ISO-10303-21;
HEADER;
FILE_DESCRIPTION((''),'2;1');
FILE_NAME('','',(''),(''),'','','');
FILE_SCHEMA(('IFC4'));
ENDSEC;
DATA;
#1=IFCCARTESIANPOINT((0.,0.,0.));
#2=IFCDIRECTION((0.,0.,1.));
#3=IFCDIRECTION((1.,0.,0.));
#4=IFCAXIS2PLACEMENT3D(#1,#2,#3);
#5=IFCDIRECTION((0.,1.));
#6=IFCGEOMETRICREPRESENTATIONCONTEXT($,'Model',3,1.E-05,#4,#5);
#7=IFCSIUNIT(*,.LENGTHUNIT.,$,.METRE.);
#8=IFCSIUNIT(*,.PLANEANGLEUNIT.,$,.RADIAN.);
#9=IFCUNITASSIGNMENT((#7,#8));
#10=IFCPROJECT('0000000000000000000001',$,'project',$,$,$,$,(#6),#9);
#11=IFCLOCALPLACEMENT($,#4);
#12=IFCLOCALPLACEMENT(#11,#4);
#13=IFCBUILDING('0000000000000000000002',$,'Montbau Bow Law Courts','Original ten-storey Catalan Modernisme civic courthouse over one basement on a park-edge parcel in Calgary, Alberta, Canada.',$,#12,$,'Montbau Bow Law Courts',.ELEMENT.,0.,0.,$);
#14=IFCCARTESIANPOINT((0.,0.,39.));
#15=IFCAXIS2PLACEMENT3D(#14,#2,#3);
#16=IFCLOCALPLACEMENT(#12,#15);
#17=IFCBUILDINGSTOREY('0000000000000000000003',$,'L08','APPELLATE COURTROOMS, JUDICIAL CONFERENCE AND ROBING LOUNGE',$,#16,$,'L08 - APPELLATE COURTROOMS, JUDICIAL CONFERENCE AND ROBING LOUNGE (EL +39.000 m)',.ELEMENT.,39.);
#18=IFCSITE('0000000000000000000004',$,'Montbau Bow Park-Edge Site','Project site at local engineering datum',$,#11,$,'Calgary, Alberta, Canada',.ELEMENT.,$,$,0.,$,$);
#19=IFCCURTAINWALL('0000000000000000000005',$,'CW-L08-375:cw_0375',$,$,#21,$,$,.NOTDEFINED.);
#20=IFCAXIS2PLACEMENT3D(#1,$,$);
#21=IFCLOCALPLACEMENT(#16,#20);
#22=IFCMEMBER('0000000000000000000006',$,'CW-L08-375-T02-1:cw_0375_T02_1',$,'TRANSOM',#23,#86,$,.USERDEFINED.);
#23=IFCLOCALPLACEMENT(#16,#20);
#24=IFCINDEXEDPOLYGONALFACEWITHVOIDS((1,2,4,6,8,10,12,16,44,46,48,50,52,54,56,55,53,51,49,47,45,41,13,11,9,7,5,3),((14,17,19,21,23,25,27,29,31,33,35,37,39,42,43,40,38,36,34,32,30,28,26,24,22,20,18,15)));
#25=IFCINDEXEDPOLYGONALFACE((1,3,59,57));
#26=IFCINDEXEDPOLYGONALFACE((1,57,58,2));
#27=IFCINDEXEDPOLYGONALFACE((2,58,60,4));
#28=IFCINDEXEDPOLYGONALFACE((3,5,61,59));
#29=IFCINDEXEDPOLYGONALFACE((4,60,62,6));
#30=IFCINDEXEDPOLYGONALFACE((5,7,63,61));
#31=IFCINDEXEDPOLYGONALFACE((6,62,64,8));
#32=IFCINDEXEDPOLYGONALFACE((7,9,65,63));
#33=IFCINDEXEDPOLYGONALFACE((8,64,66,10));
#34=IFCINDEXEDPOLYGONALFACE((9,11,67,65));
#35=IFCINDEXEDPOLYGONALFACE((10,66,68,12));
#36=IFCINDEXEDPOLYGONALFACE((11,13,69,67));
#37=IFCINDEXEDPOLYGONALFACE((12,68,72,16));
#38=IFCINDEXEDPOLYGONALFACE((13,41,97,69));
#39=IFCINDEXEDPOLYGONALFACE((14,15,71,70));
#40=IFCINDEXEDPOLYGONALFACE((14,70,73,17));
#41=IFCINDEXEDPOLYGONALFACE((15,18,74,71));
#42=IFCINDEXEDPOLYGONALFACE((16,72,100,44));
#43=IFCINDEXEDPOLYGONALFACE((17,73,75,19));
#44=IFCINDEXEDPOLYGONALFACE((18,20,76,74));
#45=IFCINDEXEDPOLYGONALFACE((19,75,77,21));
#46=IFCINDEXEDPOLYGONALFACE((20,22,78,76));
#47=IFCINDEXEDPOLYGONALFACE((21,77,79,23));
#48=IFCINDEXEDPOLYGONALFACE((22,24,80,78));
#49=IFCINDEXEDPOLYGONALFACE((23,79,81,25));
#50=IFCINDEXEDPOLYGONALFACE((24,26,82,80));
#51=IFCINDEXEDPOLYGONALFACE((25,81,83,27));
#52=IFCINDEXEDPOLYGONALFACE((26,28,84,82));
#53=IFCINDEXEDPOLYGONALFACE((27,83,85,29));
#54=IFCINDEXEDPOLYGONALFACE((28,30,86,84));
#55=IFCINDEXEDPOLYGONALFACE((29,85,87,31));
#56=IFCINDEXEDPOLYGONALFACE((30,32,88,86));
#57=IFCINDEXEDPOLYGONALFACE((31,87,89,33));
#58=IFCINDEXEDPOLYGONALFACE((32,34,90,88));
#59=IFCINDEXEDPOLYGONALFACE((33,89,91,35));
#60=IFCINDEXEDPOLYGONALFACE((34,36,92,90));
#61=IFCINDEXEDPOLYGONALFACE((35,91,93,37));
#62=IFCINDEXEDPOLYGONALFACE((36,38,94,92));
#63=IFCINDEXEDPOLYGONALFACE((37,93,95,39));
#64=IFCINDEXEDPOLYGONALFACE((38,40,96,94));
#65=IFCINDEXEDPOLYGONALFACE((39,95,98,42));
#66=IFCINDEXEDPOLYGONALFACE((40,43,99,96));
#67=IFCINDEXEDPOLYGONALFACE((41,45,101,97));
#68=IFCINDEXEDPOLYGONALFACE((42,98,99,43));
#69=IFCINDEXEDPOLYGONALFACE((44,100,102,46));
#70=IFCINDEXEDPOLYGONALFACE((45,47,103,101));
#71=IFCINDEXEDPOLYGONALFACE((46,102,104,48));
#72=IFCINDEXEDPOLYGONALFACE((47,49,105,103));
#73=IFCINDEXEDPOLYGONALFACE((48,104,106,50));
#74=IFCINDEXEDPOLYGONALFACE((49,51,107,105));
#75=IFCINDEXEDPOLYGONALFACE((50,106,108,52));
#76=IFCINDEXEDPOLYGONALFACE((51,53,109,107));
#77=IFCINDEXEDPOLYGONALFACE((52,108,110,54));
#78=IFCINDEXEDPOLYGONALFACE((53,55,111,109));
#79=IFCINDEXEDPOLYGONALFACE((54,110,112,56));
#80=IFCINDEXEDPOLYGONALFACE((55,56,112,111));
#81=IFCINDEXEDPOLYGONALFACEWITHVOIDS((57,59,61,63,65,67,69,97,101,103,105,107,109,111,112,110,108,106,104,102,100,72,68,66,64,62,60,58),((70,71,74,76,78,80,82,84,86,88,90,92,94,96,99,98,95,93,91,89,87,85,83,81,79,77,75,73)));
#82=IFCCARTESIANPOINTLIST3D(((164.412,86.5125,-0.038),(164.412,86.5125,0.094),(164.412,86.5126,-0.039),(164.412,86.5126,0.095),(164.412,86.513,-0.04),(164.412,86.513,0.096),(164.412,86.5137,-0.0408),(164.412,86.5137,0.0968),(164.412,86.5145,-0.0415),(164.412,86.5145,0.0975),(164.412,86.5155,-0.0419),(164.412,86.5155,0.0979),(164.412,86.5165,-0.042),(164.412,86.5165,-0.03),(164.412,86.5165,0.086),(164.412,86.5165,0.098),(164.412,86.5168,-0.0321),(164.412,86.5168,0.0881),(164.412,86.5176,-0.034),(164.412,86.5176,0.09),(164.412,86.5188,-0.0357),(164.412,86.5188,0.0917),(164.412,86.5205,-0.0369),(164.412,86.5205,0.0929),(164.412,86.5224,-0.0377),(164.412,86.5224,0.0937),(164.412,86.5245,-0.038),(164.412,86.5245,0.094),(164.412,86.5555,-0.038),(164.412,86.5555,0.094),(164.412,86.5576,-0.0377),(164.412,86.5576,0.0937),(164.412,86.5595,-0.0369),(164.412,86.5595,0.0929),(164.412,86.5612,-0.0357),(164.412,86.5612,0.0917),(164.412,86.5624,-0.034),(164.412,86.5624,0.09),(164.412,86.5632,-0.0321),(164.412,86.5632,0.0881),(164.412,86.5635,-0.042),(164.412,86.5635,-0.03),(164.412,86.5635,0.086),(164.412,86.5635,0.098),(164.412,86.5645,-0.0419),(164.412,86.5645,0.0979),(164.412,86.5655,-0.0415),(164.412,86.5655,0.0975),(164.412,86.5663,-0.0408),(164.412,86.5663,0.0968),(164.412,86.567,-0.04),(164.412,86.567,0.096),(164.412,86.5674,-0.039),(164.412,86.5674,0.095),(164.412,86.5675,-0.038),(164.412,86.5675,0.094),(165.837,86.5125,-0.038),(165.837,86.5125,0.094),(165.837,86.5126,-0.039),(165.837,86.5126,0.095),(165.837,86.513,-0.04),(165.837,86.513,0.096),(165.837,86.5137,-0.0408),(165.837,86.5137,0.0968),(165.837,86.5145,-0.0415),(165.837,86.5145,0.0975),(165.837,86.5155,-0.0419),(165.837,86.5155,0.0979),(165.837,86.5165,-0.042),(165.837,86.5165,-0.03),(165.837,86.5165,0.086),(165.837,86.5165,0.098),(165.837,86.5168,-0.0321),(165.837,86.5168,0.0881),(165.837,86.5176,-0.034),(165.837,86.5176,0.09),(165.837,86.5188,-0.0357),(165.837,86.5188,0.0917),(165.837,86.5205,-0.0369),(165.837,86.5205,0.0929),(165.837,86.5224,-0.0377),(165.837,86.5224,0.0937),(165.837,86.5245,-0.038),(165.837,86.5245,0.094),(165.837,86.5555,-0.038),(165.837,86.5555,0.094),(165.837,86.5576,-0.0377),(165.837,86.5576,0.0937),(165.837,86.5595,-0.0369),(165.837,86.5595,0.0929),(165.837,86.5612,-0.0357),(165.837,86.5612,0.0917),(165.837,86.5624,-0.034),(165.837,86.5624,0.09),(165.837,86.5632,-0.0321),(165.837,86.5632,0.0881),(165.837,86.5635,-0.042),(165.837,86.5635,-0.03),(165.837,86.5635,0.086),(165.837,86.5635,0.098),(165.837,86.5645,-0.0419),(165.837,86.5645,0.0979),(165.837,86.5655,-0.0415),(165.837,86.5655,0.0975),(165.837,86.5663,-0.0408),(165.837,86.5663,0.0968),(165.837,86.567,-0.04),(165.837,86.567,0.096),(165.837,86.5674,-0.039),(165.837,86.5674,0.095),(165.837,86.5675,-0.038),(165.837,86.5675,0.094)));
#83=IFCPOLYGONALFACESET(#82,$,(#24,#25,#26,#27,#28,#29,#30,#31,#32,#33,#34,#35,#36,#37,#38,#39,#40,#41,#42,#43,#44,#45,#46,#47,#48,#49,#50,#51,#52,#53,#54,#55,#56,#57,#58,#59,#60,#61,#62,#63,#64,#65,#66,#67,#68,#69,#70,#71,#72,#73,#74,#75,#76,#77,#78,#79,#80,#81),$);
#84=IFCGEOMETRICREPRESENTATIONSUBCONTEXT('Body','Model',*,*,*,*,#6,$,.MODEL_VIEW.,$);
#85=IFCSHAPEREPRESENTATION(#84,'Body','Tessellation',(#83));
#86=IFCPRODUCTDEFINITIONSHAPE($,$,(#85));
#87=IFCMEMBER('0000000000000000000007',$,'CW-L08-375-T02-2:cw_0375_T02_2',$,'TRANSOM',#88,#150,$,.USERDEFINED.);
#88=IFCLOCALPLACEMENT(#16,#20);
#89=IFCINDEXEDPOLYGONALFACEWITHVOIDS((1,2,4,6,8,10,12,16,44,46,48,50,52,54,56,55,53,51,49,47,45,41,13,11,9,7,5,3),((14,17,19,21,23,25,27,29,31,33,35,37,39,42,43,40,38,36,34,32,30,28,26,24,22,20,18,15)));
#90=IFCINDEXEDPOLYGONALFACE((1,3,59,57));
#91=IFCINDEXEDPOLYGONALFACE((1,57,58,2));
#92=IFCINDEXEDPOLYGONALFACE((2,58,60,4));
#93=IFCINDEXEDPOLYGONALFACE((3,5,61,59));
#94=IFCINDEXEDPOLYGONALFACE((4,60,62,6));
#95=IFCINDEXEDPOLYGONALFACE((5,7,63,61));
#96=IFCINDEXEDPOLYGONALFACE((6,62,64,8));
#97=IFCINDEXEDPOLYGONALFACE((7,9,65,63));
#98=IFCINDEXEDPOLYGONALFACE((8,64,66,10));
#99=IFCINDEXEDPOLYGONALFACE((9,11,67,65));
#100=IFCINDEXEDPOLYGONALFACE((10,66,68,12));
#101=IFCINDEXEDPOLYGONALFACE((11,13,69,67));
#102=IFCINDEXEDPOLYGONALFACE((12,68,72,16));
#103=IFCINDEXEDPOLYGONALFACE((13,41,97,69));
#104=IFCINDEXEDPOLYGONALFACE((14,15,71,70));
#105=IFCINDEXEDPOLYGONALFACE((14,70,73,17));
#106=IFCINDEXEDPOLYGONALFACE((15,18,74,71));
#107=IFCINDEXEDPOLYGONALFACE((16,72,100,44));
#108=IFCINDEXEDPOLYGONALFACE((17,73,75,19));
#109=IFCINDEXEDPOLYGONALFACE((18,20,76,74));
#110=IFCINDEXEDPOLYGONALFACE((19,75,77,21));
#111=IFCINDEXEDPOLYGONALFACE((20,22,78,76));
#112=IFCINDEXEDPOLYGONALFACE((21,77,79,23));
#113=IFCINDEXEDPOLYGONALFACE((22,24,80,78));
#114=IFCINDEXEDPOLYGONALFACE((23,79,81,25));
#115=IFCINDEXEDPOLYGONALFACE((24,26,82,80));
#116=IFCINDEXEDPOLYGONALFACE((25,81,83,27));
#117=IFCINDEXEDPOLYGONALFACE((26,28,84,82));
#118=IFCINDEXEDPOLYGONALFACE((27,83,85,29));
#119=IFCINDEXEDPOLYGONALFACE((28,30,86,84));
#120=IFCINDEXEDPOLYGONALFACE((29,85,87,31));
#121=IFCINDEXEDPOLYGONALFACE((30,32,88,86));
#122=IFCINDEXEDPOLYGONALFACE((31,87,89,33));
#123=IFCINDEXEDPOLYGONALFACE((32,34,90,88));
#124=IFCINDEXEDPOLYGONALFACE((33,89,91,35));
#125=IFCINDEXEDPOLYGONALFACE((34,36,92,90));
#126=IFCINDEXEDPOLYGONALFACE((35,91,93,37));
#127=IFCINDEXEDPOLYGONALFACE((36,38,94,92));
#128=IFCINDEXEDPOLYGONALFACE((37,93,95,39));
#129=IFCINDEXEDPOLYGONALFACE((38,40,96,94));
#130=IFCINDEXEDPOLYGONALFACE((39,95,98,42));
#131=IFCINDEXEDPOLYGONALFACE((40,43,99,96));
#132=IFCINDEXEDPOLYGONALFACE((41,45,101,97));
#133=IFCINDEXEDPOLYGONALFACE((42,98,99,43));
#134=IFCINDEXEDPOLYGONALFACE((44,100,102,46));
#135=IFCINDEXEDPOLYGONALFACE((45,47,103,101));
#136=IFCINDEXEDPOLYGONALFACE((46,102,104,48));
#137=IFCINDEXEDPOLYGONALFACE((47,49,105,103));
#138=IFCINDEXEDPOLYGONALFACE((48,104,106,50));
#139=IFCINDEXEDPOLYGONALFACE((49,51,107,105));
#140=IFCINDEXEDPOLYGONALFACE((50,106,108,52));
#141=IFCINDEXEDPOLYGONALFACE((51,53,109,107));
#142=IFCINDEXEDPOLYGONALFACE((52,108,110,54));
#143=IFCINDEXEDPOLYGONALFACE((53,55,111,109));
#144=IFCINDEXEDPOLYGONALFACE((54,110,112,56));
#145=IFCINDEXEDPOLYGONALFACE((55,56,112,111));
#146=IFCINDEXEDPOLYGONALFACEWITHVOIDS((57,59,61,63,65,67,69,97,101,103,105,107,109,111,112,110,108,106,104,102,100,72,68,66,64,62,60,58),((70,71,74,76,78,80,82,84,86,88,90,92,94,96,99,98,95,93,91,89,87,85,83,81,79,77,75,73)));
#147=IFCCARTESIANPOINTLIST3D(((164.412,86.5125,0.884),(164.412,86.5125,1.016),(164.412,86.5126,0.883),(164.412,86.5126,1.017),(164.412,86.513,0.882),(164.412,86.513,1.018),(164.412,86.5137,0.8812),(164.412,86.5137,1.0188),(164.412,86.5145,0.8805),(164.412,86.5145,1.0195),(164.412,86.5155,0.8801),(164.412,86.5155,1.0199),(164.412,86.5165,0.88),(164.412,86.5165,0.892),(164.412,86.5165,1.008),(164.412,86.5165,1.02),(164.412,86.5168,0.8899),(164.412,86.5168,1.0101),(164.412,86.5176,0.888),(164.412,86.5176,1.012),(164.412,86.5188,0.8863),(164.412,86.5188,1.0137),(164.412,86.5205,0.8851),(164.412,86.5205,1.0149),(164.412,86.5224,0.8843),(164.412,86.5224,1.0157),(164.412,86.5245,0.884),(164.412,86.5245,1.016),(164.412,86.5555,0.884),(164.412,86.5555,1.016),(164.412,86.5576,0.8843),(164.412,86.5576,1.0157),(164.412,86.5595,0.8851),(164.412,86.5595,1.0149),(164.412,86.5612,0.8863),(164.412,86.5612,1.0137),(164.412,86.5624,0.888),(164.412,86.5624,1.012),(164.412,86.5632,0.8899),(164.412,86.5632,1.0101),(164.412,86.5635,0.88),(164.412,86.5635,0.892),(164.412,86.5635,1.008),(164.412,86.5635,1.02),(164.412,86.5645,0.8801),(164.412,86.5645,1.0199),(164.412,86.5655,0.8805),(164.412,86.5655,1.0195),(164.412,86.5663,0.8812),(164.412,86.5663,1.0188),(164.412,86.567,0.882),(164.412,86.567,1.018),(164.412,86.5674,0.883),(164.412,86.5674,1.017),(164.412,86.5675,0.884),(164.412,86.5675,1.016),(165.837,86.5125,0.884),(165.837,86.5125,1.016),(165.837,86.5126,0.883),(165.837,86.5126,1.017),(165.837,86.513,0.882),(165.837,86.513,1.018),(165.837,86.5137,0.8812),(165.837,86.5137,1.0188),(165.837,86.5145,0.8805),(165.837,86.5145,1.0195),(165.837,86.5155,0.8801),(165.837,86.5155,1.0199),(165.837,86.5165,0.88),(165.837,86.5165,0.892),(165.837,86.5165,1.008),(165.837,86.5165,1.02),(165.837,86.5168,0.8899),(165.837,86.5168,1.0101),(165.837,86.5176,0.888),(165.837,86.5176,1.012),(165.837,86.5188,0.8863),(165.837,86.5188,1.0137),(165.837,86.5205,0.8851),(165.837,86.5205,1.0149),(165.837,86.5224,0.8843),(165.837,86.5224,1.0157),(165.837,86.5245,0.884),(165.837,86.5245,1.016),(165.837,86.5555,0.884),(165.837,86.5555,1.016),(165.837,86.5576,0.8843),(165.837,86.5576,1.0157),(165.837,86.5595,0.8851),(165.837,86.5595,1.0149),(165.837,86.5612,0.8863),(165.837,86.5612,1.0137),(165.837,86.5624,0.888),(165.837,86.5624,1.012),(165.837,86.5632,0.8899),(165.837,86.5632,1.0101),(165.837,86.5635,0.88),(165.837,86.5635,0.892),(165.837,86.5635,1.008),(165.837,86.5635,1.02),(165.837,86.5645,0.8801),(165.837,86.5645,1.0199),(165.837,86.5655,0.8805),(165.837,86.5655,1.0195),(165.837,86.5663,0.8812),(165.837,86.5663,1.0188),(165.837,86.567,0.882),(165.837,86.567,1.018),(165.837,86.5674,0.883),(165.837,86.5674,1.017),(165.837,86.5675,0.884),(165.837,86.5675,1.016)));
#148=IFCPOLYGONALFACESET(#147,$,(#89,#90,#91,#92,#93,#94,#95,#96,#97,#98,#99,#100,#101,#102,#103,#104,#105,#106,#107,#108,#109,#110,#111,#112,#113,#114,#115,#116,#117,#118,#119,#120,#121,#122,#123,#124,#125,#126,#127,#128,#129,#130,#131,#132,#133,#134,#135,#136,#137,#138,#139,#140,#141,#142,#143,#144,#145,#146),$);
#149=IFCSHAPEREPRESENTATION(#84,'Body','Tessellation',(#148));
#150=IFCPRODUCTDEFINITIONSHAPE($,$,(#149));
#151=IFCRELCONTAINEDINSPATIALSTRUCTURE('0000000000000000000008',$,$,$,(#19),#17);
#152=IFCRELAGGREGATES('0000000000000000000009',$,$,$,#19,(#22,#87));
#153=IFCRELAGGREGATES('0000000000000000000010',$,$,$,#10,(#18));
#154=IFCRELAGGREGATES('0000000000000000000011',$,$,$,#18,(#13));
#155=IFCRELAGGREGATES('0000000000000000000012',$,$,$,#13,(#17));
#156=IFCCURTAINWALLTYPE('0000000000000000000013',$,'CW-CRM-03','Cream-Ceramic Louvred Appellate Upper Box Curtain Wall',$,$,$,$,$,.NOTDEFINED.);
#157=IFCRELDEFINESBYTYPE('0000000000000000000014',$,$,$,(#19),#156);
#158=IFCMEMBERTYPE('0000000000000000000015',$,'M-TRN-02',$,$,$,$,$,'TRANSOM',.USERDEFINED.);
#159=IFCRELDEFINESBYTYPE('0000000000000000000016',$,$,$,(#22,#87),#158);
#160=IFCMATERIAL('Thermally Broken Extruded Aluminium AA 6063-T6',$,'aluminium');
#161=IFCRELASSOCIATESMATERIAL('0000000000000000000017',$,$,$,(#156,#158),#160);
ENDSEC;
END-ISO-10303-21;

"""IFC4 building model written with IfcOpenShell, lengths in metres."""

from ifc_helpers import new_model, si_unit, direction, frame, origin_with_axes, origin_2d_with_axis, place, context, subcontext, project, spatial, hollow_rectangle, extrude, material, material_profile, profile_set, type_object, element, aggregate, save


model = new_model("IFC4")

# Units and contexts
model_context = context("Model", 3, precision=1e-05, world=origin_with_axes(), true_north=direction((0.0, 1.0)))
body_context = subcontext(model_context, "Body", "Model", "MODEL_VIEW")
ifc_project = project(units=[si_unit("LENGTHUNIT", "METRE"), si_unit("PLANEANGLEUNIT", "RADIAN")], contexts=[model_context])

# Site, building, storey
site_placement = place(None, origin_with_axes())
site = spatial("IfcSite", under=ifc_project, at=site_placement, Name="Montbau Bow Park-Edge Site", Description="Project site at local engineering datum", LongName="Calgary, Alberta, Canada", CompositionType="ELEMENT", RefElevation=0.0)
building_placement = place(site_placement, origin_with_axes())
building = spatial("IfcBuilding", under=site, at=building_placement, Name="Montbau Bow Law Courts", Description="Original ten-storey Catalan Modernisme civic courthouse over one basement on a park-edge parcel in Calgary, Alberta, Canada.", LongName="Montbau Bow Law Courts", CompositionType="ELEMENT", ElevationOfRefHeight=0.0, ElevationOfTerrain=0.0)
storey_placement = place(building_placement, frame((0.0, 0.0, 39.0), z_axis=(0.0, 0.0, 1.0), x_axis=(1.0, 0.0, 0.0)))
storey = spatial("IfcBuildingStorey", under=building, at=storey_placement, Name="L08", Description="APPELLATE COURTROOMS, JUDICIAL CONFERENCE AND ROBING LOUNGE", LongName="L08 - APPELLATE COURTROOMS, JUDICIAL CONFERENCE AND ROBING LOUNGE (EL +39.000 m)", CompositionType="ELEMENT", Elevation=39.0)

# Curtain wall
ifc_material_1 = material(Name="Thermally Broken Extruded Aluminium AA 6063-T6", Category="aluminium")
curtain_wall_type = type_object("IfcCurtainWallType", Name="CW-CRM-03", Description="Cream-Ceramic Louvred Appellate Upper Box Curtain Wall", PredefinedType="NOTDEFINED", material=ifc_material_1)
curtain_wall_1_placement = place(None, frame((162.868, 86.54, 39.0), z_axis=(0.0, 0.0, 1.0), x_axis=(1.0, 0.0, 0.0)))
curtain_wall_1 = element("IfcCurtainWall", 1, at=curtain_wall_1_placement, inside=storey, type_object=curtain_wall_type, Name="CW-L08-375:cw_0375", PredefinedType="NOTDEFINED")

# Members
ifc_material_profile_1 = material_profile(ifc_material_1, hollow_rectangle(XDim=0.055, YDim=0.14, WallThickness=0.004, InnerFilletRadius=0.008, OuterFilletRadius=0.004, at=origin_2d_with_axis()), Name="CWT-140X55", Category="Main", Priority=0)
ifc_profile_set_1 = profile_set([ifc_material_profile_1], Name="Thermally Broken Extruded Aluminium AA 6063-T6")
member_type_1 = type_object("IfcMemberType", Name="M-TRN-02", ElementType="TRANSOM", PredefinedType="USERDEFINED", material=ifc_profile_set_1)
member_1_placement = place(None, frame((164.412, 86.54, 39.028), z_axis=(1.0, 0.0, 0.0), x_axis=(0.0, 1.0, 0.0)))
member_1 = element("IfcMember", 2, at=member_1_placement, type_object=member_type_1, Name="CW-L08-375-T02-1:cw_0375_T02_1", ObjectType="TRANSOM", PredefinedType="USERDEFINED", context=body_context, shape_type="SweptSolid", body=[
    extrude(hollow_rectangle(XDim=0.055, YDim=0.14, WallThickness=0.004, InnerFilletRadius=0.008, OuterFilletRadius=0.004, at=origin_2d_with_axis()), origin_with_axes(), (0.0, 0.0, 1.0), 1.425),
])
member_2_placement = place(None, frame((164.412, 86.54, 39.95), z_axis=(1.0, 0.0, 0.0), x_axis=(0.0, 1.0, 0.0)))
member_2 = element("IfcMember", 3, at=member_2_placement, type_object=member_type_1, Name="CW-L08-375-T02-2:cw_0375_T02_2", ObjectType="TRANSOM", PredefinedType="USERDEFINED", context=body_context, shape_type="SweptSolid", body=[
    extrude(hollow_rectangle(XDim=0.055, YDim=0.14, WallThickness=0.004, InnerFilletRadius=0.008, OuterFilletRadius=0.004, at=origin_2d_with_axis()), origin_with_axes(), (0.0, 0.0, 1.0), 1.425),
])

aggregate(curtain_wall_1, [member_1, member_2])

save(model, "model.ifc")
